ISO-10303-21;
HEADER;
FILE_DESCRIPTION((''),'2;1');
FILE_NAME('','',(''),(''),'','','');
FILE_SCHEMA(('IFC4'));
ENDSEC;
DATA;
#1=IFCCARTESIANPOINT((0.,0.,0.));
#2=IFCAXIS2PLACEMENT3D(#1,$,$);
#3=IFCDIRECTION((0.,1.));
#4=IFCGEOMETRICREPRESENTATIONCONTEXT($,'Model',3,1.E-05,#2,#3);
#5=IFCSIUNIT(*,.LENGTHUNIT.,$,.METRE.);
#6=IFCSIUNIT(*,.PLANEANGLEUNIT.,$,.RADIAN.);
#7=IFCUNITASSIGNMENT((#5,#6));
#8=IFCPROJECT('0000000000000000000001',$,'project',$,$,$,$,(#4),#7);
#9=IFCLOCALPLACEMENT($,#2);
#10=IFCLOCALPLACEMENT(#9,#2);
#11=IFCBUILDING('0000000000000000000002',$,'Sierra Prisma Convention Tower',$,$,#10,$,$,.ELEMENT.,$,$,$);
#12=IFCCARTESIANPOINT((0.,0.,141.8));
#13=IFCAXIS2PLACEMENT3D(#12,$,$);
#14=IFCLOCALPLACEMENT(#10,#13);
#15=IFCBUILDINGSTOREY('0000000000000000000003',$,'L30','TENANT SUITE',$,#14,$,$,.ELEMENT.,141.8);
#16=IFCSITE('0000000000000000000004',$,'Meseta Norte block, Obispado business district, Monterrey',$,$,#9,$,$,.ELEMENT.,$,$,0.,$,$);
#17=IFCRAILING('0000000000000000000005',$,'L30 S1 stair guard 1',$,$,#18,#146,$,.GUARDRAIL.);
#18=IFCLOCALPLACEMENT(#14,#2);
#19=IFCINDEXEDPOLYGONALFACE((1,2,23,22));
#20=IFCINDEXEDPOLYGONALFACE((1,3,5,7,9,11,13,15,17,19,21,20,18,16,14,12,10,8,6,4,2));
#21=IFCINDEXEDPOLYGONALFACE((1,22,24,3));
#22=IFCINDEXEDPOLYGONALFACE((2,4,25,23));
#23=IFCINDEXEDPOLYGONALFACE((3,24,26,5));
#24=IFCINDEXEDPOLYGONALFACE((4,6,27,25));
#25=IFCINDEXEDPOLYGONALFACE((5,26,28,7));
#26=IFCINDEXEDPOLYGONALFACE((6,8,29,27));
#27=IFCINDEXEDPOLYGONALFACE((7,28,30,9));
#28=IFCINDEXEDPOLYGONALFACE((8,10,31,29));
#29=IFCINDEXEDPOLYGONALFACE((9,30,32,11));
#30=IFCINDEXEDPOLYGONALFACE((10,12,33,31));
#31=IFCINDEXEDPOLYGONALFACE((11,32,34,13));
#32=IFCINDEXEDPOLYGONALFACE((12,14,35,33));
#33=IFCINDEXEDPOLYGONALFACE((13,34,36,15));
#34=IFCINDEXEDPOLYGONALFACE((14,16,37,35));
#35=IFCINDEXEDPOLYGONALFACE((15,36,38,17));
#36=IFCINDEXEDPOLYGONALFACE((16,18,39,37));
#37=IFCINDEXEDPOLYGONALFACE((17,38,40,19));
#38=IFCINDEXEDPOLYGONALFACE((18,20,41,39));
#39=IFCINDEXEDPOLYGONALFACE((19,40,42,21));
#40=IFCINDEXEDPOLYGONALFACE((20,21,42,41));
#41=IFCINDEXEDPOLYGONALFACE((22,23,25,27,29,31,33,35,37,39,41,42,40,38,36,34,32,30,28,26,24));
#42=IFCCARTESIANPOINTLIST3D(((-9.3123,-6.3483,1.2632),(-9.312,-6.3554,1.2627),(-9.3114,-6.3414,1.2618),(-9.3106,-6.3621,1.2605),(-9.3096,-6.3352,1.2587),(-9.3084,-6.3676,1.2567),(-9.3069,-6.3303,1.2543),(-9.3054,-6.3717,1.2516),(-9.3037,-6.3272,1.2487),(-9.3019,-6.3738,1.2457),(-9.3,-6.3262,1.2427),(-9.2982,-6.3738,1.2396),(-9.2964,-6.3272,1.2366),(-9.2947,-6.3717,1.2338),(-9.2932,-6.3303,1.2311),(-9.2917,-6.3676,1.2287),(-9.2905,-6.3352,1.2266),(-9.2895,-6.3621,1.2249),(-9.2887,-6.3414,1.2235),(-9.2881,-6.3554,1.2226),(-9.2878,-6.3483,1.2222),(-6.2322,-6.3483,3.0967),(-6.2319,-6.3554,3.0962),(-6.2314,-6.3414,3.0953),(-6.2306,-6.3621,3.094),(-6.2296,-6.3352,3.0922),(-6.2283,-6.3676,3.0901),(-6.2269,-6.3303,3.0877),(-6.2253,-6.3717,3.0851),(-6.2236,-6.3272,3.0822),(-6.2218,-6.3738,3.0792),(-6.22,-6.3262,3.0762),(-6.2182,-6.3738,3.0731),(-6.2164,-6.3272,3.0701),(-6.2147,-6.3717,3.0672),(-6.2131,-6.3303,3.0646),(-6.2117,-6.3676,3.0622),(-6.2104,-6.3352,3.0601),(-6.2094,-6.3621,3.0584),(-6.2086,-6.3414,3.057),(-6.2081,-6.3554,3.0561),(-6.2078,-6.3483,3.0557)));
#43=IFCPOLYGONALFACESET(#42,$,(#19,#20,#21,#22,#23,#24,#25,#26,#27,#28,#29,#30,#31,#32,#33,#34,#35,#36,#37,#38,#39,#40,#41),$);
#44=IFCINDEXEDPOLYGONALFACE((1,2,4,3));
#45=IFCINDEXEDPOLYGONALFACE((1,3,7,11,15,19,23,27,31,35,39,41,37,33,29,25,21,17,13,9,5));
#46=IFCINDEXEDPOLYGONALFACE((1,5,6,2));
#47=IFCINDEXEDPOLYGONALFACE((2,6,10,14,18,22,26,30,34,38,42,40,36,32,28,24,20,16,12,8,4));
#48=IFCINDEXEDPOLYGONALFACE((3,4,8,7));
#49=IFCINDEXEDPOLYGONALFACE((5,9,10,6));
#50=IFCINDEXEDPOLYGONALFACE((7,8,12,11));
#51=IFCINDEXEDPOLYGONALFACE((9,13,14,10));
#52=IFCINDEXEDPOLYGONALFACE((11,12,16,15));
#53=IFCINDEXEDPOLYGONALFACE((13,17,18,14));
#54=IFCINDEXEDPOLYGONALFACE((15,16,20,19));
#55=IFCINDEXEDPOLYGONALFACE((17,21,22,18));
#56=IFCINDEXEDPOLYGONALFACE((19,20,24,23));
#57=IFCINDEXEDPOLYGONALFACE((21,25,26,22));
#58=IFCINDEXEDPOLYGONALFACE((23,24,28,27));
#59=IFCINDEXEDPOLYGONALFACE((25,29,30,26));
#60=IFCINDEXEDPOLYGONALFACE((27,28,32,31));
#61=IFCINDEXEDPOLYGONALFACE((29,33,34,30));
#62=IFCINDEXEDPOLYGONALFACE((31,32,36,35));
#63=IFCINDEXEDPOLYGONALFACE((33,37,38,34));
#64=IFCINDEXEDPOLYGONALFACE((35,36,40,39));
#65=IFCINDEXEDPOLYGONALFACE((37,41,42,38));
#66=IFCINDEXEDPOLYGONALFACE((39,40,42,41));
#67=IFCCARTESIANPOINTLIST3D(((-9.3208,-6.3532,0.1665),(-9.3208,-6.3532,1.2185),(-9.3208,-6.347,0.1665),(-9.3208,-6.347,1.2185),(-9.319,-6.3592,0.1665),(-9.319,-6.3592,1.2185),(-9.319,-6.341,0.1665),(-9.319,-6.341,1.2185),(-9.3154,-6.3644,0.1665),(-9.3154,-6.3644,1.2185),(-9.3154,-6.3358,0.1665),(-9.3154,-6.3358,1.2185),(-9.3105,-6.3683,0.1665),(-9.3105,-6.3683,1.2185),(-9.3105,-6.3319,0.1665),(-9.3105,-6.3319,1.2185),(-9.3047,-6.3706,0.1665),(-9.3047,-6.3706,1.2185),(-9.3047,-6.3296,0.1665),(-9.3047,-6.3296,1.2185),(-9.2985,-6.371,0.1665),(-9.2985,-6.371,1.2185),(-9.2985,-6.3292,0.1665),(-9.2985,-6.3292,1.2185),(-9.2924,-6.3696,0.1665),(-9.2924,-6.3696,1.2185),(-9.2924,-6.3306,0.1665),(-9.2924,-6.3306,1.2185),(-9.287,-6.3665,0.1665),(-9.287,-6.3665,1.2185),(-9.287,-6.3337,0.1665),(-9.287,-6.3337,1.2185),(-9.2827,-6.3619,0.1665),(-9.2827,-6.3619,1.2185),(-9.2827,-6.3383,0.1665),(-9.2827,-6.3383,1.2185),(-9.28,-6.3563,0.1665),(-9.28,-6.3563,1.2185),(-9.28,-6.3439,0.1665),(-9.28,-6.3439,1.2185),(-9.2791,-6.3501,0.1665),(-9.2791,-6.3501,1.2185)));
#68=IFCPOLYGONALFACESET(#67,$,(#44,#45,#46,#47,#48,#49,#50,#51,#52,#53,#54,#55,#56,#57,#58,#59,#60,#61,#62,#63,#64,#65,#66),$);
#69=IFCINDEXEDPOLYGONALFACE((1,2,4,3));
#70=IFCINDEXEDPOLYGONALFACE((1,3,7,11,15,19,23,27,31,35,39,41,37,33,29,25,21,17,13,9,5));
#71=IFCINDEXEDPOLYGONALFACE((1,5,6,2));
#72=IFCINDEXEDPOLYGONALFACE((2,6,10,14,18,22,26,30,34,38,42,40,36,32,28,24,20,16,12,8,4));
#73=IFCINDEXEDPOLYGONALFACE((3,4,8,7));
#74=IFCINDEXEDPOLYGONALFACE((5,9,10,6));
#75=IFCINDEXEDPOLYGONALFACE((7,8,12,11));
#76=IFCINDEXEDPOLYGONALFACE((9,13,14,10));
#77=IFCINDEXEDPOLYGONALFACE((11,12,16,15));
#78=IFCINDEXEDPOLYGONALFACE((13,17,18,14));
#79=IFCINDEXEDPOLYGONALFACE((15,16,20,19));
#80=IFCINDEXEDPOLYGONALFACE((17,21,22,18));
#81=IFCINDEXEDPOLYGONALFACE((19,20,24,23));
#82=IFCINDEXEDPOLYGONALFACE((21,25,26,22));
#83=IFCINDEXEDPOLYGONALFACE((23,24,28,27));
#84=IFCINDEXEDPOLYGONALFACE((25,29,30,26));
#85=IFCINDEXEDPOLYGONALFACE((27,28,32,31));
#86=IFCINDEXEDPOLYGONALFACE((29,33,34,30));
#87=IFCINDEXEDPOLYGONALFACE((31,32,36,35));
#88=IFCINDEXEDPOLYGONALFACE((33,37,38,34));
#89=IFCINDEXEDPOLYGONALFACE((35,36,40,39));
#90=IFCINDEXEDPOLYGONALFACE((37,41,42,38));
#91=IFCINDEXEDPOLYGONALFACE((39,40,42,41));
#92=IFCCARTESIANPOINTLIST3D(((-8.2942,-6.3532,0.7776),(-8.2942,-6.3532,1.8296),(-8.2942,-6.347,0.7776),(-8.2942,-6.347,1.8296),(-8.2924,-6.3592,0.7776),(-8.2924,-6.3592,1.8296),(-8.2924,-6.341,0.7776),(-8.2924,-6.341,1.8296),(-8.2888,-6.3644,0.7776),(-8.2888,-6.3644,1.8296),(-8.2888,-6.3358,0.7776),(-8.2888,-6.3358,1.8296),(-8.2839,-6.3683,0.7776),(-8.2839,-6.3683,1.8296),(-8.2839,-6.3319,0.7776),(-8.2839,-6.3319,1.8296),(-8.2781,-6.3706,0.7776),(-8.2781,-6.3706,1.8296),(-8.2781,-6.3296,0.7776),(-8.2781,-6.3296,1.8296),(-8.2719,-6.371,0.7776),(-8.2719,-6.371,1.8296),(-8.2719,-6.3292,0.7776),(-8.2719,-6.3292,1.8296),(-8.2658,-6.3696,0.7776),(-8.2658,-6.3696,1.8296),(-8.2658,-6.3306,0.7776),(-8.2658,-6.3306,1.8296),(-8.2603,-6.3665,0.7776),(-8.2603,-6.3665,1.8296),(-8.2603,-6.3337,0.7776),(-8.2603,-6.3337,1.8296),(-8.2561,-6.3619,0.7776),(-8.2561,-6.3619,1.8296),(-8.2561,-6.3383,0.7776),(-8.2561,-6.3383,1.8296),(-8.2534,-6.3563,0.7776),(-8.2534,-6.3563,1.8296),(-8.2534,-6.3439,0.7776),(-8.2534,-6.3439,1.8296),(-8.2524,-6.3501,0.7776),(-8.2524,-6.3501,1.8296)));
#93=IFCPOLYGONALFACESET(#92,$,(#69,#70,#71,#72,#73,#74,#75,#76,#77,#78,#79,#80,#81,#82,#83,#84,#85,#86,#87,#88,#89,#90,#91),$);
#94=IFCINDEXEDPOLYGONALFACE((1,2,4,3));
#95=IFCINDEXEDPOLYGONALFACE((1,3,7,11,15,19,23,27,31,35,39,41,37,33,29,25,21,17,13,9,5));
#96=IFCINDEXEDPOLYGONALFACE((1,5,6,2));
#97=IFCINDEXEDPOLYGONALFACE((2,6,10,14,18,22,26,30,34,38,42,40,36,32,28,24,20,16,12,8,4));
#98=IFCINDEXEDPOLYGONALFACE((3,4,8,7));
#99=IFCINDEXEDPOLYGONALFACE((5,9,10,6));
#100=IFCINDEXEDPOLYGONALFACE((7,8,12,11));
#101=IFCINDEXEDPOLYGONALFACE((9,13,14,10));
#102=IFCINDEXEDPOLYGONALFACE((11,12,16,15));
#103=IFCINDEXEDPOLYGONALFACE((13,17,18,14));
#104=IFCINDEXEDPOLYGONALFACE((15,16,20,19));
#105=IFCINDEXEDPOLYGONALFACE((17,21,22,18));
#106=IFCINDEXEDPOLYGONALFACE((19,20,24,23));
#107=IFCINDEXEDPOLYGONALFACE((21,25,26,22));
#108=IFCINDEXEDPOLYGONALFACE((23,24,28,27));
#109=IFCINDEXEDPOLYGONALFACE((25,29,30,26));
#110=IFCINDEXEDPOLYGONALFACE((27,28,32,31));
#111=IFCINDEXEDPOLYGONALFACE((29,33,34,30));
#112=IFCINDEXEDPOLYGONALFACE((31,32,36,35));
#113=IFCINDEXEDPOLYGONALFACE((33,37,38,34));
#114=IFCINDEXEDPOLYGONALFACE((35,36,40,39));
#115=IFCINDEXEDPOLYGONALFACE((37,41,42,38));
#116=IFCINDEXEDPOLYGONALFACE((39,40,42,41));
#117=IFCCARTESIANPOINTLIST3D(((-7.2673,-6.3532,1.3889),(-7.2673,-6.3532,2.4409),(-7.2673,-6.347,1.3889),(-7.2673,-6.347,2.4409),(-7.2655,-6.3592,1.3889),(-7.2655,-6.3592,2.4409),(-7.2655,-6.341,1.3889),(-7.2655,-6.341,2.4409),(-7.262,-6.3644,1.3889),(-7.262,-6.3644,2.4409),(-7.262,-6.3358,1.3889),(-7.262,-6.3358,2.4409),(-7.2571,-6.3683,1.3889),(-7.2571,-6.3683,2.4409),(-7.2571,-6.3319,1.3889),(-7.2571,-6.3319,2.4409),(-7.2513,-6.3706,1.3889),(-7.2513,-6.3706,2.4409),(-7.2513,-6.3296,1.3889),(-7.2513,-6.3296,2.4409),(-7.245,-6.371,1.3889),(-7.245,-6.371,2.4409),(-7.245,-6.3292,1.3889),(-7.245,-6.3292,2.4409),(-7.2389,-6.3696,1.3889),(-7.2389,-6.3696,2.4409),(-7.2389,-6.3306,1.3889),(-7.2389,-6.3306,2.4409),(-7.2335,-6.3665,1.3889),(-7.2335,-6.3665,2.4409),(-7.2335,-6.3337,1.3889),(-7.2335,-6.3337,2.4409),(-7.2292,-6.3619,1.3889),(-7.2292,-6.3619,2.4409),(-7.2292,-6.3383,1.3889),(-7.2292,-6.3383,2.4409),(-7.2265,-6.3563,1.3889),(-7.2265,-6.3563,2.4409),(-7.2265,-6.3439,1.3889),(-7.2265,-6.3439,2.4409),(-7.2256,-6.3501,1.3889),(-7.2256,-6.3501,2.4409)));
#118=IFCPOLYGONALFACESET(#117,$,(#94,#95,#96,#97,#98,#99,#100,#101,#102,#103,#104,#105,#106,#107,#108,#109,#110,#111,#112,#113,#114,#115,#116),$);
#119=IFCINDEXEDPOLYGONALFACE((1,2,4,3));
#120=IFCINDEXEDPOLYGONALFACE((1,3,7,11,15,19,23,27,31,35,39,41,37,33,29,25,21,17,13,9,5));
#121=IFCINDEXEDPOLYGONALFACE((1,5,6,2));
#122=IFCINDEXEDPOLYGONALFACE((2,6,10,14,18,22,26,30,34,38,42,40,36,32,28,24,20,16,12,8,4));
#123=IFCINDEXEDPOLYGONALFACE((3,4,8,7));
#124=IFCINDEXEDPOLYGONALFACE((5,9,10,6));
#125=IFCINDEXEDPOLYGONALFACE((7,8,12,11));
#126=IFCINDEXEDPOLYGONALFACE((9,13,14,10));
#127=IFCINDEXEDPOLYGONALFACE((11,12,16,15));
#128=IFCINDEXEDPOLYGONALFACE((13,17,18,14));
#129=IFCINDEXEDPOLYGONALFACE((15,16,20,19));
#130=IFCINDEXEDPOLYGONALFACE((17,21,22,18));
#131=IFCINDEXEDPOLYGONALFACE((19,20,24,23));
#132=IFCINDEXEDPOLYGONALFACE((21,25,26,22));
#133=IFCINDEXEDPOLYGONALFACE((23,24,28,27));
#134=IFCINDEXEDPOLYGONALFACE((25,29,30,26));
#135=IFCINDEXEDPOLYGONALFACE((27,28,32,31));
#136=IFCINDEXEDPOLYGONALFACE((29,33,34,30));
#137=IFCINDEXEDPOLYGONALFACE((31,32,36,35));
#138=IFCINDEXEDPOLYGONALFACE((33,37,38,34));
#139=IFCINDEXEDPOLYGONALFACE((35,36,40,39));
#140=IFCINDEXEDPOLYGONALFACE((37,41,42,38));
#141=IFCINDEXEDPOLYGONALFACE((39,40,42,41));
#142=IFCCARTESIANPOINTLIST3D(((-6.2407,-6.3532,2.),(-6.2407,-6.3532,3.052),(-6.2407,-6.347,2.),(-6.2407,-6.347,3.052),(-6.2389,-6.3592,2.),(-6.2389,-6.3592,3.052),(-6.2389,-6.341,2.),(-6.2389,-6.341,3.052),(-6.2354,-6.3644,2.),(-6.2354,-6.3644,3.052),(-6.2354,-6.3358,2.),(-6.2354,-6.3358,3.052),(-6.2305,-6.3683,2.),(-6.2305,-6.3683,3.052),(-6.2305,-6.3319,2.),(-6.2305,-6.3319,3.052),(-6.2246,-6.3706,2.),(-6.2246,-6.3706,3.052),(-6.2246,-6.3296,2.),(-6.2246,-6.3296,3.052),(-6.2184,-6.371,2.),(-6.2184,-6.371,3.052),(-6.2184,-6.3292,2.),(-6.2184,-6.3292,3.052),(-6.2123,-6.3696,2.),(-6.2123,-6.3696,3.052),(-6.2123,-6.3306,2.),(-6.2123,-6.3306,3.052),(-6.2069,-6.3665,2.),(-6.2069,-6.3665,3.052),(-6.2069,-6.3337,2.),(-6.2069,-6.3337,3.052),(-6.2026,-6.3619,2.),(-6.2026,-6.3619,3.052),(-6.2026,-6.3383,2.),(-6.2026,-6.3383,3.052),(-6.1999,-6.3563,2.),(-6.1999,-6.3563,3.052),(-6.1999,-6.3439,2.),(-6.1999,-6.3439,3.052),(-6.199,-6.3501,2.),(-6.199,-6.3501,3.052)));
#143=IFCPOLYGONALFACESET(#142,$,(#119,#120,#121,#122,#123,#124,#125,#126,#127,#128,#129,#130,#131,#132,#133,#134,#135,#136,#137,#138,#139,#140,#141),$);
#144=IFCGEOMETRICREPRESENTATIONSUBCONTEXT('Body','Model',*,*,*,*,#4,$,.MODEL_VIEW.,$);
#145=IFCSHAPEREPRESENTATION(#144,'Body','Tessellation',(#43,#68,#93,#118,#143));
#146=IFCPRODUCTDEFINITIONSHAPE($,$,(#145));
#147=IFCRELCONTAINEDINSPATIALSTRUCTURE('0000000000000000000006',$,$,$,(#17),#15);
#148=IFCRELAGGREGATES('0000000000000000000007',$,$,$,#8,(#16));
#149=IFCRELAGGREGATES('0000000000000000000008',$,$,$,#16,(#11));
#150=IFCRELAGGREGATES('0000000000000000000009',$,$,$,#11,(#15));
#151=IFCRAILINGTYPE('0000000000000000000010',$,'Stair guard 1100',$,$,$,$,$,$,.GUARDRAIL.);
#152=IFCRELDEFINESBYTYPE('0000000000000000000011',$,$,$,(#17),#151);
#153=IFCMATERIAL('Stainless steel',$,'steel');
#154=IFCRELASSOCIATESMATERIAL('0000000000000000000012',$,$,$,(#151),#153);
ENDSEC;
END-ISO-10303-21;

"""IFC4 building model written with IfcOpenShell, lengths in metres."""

from ifc_helpers import new_model, si_unit, direction, frame, origin, origin_2d, place, context, subcontext, project, spatial, circle, extrude, material, type_object, element, save


model = new_model("IFC4")

# Units and contexts
model_context = context("Model", 3, precision=1e-05, world=origin(), true_north=direction((0.0, 1.0)))
body_context = subcontext(model_context, "Body", "Model", "MODEL_VIEW")
ifc_project = project(units=[si_unit("LENGTHUNIT", "METRE"), si_unit("PLANEANGLEUNIT", "RADIAN")], contexts=[model_context])

# Site, building, storey
site_placement = place(None, origin())
site = spatial("IfcSite", under=ifc_project, at=site_placement, Name="Meseta Norte block, Obispado business district, Monterrey", CompositionType="ELEMENT", RefElevation=0.0)
building_placement = place(site_placement, origin())
building = spatial("IfcBuilding", under=site, at=building_placement, Name="Sierra Prisma Convention Tower", CompositionType="ELEMENT")
storey_placement = place(building_placement, frame((0.0, 0.0, 141.8)))
storey = spatial("IfcBuildingStorey", under=building, at=storey_placement, Name="L30", Description="TENANT SUITE", CompositionType="ELEMENT", Elevation=141.8)

# Railing
ifc_material_1 = material(Name="Stainless steel", Category="steel")
railing_type_1 = type_object("IfcRailingType", Name="Stair guard 1100", PredefinedType="GUARDRAIL", material=ifc_material_1)
railing_1_placement = place(storey_placement, frame((-9.3, -6.3501, 0.1665)))
element("IfcRailing", 1, at=railing_1_placement, inside=storey, type_object=railing_type_1, Name="L30 S1 stair guard 1", PredefinedType="GUARDRAIL", context=body_context, shape_type="SweptSolid", body=[
    extrude(circle(Radius=0.0239, at=origin_2d()), frame((0.0, 0.0, 1.0762), z_axis=(0.859279, 0.0, 0.511508), x_axis=(0.0, 1.0, 0.0)), (0.0, 0.0, 1.0), 3.5845),
    extrude(circle(Radius=0.021, at=origin_2d()), origin(), (0.0, 0.0, 1.0), 1.052),
    extrude(circle(Radius=0.021, at=origin_2d()), frame((1.0266, 0.0, 0.6111)), (0.0, 0.0, 1.0), 1.052),
    extrude(circle(Radius=0.021, at=origin_2d()), frame((2.0535, 0.0, 1.2224)), (0.0, 0.0, 1.0), 1.052),
    extrude(circle(Radius=0.021, at=origin_2d()), frame((3.0801, 0.0, 1.8335)), (0.0, 0.0, 1.0), 1.052),
])

save(model, "model.ifc")
